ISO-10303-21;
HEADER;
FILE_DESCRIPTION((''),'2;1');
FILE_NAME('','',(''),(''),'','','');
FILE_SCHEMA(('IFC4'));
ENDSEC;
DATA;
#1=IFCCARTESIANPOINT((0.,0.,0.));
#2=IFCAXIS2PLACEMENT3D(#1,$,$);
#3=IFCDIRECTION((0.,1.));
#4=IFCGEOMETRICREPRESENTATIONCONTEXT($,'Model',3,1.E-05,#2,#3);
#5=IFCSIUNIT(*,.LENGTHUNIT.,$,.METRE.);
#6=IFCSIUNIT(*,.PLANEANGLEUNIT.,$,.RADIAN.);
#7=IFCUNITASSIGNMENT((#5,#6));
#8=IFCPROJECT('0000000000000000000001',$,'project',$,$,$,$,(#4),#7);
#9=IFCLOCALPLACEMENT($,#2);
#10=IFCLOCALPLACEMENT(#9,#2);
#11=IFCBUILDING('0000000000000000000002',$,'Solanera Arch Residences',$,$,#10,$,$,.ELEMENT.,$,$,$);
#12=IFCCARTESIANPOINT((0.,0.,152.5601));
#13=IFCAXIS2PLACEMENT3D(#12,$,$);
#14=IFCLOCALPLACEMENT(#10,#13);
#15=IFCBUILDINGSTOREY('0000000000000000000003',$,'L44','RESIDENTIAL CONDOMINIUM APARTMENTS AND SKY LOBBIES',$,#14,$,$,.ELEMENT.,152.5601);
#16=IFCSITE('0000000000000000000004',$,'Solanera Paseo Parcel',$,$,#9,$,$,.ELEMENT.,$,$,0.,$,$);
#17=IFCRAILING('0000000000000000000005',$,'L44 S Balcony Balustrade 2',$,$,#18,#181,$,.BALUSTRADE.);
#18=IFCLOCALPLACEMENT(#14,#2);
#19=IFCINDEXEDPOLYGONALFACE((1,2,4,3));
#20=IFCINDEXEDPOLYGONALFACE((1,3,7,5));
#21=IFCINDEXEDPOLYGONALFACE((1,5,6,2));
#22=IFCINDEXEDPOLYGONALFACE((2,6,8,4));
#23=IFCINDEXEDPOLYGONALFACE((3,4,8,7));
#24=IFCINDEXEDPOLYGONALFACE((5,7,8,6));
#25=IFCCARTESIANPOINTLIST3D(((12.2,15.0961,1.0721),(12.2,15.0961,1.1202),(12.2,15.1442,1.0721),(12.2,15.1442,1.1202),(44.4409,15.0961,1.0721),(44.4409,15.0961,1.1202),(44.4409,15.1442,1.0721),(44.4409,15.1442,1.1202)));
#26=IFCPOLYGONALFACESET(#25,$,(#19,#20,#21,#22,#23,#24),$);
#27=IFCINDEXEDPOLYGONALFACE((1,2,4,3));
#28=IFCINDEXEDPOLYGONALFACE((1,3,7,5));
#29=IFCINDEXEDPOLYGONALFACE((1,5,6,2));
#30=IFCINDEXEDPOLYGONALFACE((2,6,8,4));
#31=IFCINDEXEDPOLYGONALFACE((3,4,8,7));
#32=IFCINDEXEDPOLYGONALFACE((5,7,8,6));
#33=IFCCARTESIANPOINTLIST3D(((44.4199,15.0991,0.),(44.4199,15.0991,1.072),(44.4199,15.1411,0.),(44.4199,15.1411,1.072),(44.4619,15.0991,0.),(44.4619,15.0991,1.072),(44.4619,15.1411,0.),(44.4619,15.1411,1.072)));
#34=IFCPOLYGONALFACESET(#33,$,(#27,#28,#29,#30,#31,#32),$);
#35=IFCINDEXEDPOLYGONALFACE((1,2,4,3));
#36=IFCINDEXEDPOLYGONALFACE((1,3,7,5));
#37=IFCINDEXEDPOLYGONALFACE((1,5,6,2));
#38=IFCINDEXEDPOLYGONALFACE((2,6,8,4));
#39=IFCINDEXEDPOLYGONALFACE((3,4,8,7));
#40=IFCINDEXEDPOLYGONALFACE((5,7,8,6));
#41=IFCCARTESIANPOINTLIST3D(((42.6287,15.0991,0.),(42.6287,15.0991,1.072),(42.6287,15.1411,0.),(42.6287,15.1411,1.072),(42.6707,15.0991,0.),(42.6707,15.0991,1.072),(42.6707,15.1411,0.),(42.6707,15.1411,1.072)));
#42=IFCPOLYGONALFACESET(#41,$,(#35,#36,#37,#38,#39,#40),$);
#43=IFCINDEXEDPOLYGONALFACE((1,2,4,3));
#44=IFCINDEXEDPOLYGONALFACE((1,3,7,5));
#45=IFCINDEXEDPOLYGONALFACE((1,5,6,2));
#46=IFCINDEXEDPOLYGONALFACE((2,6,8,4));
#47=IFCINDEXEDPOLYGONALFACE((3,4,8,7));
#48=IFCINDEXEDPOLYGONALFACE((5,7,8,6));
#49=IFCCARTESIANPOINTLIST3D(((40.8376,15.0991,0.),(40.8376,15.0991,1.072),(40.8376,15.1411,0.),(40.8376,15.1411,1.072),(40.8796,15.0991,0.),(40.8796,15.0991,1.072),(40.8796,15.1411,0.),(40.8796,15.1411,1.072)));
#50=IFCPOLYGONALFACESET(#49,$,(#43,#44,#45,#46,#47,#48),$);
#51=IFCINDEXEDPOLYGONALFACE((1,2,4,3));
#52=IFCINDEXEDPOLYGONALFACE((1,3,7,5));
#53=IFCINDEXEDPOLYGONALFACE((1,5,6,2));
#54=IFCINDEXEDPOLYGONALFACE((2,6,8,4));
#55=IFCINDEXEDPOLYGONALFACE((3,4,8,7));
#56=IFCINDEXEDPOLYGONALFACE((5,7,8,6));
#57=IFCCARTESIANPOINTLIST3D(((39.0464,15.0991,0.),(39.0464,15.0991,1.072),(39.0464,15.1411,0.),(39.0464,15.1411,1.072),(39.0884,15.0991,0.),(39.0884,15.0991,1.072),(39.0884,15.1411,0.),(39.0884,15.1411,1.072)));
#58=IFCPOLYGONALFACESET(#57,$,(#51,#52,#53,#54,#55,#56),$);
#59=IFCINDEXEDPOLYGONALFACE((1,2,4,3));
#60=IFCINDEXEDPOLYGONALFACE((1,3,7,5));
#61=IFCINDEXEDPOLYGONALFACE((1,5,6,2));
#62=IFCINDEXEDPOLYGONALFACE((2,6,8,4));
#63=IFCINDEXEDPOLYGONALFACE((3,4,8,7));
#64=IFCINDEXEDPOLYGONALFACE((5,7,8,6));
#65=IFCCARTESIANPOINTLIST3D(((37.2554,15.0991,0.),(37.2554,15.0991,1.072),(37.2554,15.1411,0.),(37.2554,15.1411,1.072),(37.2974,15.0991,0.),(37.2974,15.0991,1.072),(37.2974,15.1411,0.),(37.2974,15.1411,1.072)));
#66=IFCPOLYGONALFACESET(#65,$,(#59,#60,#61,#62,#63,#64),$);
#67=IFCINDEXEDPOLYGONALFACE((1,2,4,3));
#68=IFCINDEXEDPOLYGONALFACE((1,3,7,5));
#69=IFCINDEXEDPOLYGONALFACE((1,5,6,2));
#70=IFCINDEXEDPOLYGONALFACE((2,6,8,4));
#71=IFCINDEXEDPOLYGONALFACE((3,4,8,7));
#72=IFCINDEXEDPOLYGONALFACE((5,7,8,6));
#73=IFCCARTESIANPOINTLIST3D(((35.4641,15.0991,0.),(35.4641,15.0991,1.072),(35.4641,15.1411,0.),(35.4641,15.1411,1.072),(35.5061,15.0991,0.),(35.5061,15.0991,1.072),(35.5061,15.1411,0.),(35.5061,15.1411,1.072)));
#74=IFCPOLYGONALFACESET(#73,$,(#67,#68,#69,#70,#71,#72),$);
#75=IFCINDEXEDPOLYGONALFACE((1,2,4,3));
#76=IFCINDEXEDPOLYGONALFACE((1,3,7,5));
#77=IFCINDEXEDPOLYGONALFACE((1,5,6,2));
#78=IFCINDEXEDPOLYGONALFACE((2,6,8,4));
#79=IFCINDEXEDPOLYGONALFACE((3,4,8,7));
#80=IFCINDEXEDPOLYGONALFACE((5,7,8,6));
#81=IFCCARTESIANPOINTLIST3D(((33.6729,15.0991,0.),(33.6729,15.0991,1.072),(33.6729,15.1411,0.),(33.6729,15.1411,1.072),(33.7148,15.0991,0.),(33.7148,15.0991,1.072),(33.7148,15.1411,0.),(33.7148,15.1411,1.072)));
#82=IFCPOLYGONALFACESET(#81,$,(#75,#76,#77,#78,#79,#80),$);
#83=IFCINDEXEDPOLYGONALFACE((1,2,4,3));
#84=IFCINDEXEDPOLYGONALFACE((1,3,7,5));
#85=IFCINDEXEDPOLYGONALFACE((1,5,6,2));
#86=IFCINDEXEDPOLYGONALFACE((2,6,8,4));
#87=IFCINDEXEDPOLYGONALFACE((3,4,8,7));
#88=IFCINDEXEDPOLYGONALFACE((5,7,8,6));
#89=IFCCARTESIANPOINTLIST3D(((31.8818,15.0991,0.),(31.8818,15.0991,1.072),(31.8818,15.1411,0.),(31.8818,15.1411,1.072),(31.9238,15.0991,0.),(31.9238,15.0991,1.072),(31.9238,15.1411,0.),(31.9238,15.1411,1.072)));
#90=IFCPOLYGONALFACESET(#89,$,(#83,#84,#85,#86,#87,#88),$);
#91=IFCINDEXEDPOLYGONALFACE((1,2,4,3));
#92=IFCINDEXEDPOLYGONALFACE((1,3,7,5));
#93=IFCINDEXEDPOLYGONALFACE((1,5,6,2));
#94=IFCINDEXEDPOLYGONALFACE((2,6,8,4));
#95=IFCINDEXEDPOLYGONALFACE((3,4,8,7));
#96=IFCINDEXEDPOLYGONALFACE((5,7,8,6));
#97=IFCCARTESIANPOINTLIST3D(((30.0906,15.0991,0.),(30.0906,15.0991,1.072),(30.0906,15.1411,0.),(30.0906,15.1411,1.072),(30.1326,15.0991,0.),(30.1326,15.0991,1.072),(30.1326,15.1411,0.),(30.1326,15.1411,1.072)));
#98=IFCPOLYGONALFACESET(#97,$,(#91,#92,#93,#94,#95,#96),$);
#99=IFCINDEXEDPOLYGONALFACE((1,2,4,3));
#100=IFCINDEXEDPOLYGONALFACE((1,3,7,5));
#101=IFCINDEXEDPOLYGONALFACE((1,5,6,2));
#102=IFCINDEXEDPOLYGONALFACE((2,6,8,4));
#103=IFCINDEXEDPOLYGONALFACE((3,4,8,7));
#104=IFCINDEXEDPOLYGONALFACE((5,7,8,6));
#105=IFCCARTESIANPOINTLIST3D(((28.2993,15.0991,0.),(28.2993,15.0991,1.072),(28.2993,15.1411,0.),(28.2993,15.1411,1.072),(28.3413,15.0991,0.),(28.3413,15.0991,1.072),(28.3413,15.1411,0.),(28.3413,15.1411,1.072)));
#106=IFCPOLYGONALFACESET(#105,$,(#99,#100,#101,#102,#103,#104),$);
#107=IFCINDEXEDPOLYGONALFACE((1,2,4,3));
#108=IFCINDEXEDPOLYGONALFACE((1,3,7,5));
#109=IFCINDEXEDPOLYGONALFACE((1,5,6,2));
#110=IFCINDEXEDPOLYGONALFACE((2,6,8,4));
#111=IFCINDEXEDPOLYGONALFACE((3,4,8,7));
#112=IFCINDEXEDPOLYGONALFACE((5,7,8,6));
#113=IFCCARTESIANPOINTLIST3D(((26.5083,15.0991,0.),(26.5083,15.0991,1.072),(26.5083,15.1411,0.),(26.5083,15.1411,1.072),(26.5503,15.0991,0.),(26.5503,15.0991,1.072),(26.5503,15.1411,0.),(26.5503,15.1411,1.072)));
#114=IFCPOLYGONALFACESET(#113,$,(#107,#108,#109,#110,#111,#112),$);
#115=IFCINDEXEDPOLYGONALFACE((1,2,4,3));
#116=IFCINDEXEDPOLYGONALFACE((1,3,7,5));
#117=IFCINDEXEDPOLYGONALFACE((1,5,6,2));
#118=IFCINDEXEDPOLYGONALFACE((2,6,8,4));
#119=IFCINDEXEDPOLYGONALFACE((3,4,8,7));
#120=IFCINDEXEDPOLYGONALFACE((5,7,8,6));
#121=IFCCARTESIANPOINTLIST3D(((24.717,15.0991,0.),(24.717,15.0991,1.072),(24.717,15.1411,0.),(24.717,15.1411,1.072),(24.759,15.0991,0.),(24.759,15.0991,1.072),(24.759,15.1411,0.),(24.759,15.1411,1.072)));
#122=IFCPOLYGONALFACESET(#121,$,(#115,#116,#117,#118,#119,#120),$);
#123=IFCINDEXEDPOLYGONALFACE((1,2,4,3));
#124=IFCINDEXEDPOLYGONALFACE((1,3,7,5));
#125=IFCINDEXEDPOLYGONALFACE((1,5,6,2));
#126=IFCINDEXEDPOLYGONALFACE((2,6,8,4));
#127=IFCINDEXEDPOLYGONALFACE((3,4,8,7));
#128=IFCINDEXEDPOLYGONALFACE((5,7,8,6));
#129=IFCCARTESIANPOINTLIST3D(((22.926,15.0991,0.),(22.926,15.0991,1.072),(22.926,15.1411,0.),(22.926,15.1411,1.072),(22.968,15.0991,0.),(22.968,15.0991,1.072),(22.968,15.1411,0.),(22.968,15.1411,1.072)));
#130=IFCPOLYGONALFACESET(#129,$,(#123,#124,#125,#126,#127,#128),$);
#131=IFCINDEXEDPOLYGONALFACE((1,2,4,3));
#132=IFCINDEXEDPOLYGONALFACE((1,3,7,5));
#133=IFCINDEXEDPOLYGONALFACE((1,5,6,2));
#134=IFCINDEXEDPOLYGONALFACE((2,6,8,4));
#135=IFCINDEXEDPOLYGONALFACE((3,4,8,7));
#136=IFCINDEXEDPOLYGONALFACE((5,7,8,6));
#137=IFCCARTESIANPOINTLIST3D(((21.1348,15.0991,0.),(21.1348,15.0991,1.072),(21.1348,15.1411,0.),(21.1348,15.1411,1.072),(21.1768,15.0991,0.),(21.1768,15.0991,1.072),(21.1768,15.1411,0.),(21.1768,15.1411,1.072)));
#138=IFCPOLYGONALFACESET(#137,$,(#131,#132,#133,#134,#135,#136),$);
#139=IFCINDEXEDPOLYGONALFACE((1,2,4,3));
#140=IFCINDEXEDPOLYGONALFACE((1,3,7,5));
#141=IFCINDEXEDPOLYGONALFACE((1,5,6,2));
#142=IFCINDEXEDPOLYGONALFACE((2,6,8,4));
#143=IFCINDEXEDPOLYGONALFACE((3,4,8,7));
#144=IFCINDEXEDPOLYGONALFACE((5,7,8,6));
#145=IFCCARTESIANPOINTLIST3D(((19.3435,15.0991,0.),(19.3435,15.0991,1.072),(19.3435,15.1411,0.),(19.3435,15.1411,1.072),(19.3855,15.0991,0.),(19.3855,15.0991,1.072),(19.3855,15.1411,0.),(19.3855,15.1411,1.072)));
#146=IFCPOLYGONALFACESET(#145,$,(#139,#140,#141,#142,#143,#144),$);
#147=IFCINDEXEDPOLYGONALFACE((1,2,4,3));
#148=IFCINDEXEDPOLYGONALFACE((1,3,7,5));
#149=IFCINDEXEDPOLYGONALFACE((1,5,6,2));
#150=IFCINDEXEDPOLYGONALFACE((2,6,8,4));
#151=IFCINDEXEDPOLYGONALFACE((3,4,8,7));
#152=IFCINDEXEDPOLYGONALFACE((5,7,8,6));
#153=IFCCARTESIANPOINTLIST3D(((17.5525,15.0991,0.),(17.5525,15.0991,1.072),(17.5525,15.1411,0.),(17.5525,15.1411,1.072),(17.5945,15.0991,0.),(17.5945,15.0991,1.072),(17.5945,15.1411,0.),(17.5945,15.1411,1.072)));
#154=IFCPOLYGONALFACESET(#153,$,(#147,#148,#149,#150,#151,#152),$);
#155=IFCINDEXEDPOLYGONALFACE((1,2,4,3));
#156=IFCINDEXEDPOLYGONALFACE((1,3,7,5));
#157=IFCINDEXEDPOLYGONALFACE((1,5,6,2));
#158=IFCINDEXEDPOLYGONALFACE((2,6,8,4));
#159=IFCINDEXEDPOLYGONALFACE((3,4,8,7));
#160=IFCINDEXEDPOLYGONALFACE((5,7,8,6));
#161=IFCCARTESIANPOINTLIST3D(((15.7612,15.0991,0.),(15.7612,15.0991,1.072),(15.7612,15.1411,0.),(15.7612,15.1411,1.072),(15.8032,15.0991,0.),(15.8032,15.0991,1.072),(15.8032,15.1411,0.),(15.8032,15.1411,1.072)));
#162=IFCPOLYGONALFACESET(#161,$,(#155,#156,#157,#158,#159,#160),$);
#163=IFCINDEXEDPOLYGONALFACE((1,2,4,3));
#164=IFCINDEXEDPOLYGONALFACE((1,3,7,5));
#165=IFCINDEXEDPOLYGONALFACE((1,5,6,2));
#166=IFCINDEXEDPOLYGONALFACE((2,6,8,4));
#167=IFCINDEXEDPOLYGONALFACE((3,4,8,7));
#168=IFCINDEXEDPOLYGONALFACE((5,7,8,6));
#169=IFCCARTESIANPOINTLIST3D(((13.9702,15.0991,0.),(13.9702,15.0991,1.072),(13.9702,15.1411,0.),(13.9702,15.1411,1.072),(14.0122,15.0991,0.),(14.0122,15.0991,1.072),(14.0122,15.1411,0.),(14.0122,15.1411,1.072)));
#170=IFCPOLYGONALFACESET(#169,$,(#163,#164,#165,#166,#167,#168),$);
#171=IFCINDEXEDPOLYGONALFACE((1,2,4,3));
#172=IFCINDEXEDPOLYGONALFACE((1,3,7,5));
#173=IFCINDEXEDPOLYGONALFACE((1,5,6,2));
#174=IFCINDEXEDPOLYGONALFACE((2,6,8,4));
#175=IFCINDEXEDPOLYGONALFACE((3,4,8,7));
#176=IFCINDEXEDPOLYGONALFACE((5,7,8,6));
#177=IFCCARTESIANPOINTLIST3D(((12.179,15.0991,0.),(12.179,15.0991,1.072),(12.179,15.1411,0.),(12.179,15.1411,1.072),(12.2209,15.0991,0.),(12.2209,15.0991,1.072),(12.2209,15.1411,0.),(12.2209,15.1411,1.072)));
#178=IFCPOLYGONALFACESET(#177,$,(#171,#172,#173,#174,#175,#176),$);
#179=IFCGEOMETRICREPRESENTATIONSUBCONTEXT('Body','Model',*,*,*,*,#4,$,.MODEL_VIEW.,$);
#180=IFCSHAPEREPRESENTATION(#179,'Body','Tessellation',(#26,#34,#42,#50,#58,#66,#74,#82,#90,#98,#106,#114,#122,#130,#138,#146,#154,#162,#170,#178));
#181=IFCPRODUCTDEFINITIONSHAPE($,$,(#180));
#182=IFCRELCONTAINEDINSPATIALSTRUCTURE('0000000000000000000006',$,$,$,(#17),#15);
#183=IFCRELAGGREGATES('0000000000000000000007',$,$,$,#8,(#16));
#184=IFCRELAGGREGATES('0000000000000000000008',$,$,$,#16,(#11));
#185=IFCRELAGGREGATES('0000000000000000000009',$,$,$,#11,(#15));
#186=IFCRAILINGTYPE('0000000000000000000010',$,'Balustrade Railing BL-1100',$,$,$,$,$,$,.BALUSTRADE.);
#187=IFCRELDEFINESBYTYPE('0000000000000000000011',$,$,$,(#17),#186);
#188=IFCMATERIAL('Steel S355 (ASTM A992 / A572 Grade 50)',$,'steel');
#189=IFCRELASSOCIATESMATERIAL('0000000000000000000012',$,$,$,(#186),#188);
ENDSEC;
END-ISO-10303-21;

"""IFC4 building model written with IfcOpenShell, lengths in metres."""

from ifc_helpers import new_model, si_unit, direction, frame, origin, origin_2d, place, context, subcontext, project, spatial, rectangle, extrude, material, type_object, element, save


model = new_model("IFC4")

# Units and contexts
model_context = context("Model", 3, precision=1e-05, world=origin(), true_north=direction((0.0, 1.0)))
body_context = subcontext(model_context, "Body", "Model", "MODEL_VIEW")
ifc_project = project(units=[si_unit("LENGTHUNIT", "METRE"), si_unit("PLANEANGLEUNIT", "RADIAN")], contexts=[model_context])

# Site, building, storey
site_placement = place(None, origin())
site = spatial("IfcSite", under=ifc_project, at=site_placement, Name="Solanera Paseo Parcel", CompositionType="ELEMENT", RefElevation=0.0)
building_placement = place(site_placement, origin())
building = spatial("IfcBuilding", under=site, at=building_placement, Name="Solanera Arch Residences", CompositionType="ELEMENT")
storey_placement = place(building_placement, frame((0.0, 0.0, 152.5601)))
storey = spatial("IfcBuildingStorey", under=building, at=storey_placement, Name="L44", Description="RESIDENTIAL CONDOMINIUM APARTMENTS AND SKY LOBBIES", CompositionType="ELEMENT", Elevation=152.5601)

# Railing
ifc_material_1 = material(Name="Steel S355 (ASTM A992 / A572 Grade 50)", Category="steel")
railing_type = type_object("IfcRailingType", Name="Balustrade Railing BL-1100", PredefinedType="BALUSTRADE", material=ifc_material_1)
railing_1_placement = place(storey_placement, frame((44.4409, 15.1201, 0.0)))
element("IfcRailing", 1, at=railing_1_placement, inside=storey, type_object=railing_type, Name="L44 S Balcony Balustrade 2", PredefinedType="BALUSTRADE", context=body_context, shape_type="SweptSolid", body=[
    extrude(rectangle(XDim=0.0481, YDim=0.0481, at=origin_2d()), frame((0.0, 0.0, 1.0962), z_axis=(-1.0, 0.0, 0.0), x_axis=(0.0, -1.0, 0.0)), (0.0, 0.0, 1.0), 32.241),
    extrude(rectangle(XDim=0.042, YDim=0.042, at=origin_2d()), origin(), (0.0, 0.0, 1.0), 1.072),
    extrude(rectangle(XDim=0.042, YDim=0.042, at=origin_2d()), frame((-1.7913, 0.0, 0.0)), (0.0, 0.0, 1.0), 1.072),
    extrude(rectangle(XDim=0.042, YDim=0.042, at=origin_2d()), frame((-3.5823, 0.0, 0.0)), (0.0, 0.0, 1.0), 1.072),
    extrude(rectangle(XDim=0.042, YDim=0.042, at=origin_2d()), frame((-5.3735, 0.0, 0.0)), (0.0, 0.0, 1.0), 1.072),
    extrude(rectangle(XDim=0.042, YDim=0.042, at=origin_2d()), frame((-7.1646, 0.0, 0.0)), (0.0, 0.0, 1.0), 1.072),
    extrude(rectangle(XDim=0.042, YDim=0.042, at=origin_2d()), frame((-8.9558, 0.0, 0.0)), (0.0, 0.0, 1.0), 1.072),
    extrude(rectangle(XDim=0.042, YDim=0.042, at=origin_2d()), frame((-10.7471, 0.0, 0.0)), (0.0, 0.0, 1.0), 1.072),
    extrude(rectangle(XDim=0.042, YDim=0.042, at=origin_2d()), frame((-12.5381, 0.0, 0.0)), (0.0, 0.0, 1.0), 1.072),
    extrude(rectangle(XDim=0.042, YDim=0.042, at=origin_2d()), frame((-14.3293, 0.0, 0.0)), (0.0, 0.0, 1.0), 1.072),
    extrude(rectangle(XDim=0.042, YDim=0.042, at=origin_2d()), frame((-16.1206, 0.0, 0.0)), (0.0, 0.0, 1.0), 1.072),
    extrude(rectangle(XDim=0.042, YDim=0.042, at=origin_2d()), frame((-17.9116, 0.0, 0.0)), (0.0, 0.0, 1.0), 1.072),
    extrude(rectangle(XDim=0.042, YDim=0.042, at=origin_2d()), frame((-19.7029, 0.0, 0.0)), (0.0, 0.0, 1.0), 1.072),
    extrude(rectangle(XDim=0.042, YDim=0.042, at=origin_2d()), frame((-21.4939, 0.0, 0.0)), (0.0, 0.0, 1.0), 1.072),
    extrude(rectangle(XDim=0.042, YDim=0.042, at=origin_2d()), frame((-23.2852, 0.0, 0.0)), (0.0, 0.0, 1.0), 1.072),
    extrude(rectangle(XDim=0.042, YDim=0.042, at=origin_2d()), frame((-25.0764, 0.0, 0.0)), (0.0, 0.0, 1.0), 1.072),
    extrude(rectangle(XDim=0.042, YDim=0.042, at=origin_2d()), frame((-26.8674, 0.0, 0.0)), (0.0, 0.0, 1.0), 1.072),
    extrude(rectangle(XDim=0.042, YDim=0.042, at=origin_2d()), frame((-28.6587, 0.0, 0.0)), (0.0, 0.0, 1.0), 1.072),
    extrude(rectangle(XDim=0.042, YDim=0.042, at=origin_2d()), frame((-30.4497, 0.0, 0.0)), (0.0, 0.0, 1.0), 1.072),
    extrude(rectangle(XDim=0.042, YDim=0.042, at=origin_2d()), frame((-32.241, 0.0, 0.0)), (0.0, 0.0, 1.0), 1.072),
])

save(model, "model.ifc")
